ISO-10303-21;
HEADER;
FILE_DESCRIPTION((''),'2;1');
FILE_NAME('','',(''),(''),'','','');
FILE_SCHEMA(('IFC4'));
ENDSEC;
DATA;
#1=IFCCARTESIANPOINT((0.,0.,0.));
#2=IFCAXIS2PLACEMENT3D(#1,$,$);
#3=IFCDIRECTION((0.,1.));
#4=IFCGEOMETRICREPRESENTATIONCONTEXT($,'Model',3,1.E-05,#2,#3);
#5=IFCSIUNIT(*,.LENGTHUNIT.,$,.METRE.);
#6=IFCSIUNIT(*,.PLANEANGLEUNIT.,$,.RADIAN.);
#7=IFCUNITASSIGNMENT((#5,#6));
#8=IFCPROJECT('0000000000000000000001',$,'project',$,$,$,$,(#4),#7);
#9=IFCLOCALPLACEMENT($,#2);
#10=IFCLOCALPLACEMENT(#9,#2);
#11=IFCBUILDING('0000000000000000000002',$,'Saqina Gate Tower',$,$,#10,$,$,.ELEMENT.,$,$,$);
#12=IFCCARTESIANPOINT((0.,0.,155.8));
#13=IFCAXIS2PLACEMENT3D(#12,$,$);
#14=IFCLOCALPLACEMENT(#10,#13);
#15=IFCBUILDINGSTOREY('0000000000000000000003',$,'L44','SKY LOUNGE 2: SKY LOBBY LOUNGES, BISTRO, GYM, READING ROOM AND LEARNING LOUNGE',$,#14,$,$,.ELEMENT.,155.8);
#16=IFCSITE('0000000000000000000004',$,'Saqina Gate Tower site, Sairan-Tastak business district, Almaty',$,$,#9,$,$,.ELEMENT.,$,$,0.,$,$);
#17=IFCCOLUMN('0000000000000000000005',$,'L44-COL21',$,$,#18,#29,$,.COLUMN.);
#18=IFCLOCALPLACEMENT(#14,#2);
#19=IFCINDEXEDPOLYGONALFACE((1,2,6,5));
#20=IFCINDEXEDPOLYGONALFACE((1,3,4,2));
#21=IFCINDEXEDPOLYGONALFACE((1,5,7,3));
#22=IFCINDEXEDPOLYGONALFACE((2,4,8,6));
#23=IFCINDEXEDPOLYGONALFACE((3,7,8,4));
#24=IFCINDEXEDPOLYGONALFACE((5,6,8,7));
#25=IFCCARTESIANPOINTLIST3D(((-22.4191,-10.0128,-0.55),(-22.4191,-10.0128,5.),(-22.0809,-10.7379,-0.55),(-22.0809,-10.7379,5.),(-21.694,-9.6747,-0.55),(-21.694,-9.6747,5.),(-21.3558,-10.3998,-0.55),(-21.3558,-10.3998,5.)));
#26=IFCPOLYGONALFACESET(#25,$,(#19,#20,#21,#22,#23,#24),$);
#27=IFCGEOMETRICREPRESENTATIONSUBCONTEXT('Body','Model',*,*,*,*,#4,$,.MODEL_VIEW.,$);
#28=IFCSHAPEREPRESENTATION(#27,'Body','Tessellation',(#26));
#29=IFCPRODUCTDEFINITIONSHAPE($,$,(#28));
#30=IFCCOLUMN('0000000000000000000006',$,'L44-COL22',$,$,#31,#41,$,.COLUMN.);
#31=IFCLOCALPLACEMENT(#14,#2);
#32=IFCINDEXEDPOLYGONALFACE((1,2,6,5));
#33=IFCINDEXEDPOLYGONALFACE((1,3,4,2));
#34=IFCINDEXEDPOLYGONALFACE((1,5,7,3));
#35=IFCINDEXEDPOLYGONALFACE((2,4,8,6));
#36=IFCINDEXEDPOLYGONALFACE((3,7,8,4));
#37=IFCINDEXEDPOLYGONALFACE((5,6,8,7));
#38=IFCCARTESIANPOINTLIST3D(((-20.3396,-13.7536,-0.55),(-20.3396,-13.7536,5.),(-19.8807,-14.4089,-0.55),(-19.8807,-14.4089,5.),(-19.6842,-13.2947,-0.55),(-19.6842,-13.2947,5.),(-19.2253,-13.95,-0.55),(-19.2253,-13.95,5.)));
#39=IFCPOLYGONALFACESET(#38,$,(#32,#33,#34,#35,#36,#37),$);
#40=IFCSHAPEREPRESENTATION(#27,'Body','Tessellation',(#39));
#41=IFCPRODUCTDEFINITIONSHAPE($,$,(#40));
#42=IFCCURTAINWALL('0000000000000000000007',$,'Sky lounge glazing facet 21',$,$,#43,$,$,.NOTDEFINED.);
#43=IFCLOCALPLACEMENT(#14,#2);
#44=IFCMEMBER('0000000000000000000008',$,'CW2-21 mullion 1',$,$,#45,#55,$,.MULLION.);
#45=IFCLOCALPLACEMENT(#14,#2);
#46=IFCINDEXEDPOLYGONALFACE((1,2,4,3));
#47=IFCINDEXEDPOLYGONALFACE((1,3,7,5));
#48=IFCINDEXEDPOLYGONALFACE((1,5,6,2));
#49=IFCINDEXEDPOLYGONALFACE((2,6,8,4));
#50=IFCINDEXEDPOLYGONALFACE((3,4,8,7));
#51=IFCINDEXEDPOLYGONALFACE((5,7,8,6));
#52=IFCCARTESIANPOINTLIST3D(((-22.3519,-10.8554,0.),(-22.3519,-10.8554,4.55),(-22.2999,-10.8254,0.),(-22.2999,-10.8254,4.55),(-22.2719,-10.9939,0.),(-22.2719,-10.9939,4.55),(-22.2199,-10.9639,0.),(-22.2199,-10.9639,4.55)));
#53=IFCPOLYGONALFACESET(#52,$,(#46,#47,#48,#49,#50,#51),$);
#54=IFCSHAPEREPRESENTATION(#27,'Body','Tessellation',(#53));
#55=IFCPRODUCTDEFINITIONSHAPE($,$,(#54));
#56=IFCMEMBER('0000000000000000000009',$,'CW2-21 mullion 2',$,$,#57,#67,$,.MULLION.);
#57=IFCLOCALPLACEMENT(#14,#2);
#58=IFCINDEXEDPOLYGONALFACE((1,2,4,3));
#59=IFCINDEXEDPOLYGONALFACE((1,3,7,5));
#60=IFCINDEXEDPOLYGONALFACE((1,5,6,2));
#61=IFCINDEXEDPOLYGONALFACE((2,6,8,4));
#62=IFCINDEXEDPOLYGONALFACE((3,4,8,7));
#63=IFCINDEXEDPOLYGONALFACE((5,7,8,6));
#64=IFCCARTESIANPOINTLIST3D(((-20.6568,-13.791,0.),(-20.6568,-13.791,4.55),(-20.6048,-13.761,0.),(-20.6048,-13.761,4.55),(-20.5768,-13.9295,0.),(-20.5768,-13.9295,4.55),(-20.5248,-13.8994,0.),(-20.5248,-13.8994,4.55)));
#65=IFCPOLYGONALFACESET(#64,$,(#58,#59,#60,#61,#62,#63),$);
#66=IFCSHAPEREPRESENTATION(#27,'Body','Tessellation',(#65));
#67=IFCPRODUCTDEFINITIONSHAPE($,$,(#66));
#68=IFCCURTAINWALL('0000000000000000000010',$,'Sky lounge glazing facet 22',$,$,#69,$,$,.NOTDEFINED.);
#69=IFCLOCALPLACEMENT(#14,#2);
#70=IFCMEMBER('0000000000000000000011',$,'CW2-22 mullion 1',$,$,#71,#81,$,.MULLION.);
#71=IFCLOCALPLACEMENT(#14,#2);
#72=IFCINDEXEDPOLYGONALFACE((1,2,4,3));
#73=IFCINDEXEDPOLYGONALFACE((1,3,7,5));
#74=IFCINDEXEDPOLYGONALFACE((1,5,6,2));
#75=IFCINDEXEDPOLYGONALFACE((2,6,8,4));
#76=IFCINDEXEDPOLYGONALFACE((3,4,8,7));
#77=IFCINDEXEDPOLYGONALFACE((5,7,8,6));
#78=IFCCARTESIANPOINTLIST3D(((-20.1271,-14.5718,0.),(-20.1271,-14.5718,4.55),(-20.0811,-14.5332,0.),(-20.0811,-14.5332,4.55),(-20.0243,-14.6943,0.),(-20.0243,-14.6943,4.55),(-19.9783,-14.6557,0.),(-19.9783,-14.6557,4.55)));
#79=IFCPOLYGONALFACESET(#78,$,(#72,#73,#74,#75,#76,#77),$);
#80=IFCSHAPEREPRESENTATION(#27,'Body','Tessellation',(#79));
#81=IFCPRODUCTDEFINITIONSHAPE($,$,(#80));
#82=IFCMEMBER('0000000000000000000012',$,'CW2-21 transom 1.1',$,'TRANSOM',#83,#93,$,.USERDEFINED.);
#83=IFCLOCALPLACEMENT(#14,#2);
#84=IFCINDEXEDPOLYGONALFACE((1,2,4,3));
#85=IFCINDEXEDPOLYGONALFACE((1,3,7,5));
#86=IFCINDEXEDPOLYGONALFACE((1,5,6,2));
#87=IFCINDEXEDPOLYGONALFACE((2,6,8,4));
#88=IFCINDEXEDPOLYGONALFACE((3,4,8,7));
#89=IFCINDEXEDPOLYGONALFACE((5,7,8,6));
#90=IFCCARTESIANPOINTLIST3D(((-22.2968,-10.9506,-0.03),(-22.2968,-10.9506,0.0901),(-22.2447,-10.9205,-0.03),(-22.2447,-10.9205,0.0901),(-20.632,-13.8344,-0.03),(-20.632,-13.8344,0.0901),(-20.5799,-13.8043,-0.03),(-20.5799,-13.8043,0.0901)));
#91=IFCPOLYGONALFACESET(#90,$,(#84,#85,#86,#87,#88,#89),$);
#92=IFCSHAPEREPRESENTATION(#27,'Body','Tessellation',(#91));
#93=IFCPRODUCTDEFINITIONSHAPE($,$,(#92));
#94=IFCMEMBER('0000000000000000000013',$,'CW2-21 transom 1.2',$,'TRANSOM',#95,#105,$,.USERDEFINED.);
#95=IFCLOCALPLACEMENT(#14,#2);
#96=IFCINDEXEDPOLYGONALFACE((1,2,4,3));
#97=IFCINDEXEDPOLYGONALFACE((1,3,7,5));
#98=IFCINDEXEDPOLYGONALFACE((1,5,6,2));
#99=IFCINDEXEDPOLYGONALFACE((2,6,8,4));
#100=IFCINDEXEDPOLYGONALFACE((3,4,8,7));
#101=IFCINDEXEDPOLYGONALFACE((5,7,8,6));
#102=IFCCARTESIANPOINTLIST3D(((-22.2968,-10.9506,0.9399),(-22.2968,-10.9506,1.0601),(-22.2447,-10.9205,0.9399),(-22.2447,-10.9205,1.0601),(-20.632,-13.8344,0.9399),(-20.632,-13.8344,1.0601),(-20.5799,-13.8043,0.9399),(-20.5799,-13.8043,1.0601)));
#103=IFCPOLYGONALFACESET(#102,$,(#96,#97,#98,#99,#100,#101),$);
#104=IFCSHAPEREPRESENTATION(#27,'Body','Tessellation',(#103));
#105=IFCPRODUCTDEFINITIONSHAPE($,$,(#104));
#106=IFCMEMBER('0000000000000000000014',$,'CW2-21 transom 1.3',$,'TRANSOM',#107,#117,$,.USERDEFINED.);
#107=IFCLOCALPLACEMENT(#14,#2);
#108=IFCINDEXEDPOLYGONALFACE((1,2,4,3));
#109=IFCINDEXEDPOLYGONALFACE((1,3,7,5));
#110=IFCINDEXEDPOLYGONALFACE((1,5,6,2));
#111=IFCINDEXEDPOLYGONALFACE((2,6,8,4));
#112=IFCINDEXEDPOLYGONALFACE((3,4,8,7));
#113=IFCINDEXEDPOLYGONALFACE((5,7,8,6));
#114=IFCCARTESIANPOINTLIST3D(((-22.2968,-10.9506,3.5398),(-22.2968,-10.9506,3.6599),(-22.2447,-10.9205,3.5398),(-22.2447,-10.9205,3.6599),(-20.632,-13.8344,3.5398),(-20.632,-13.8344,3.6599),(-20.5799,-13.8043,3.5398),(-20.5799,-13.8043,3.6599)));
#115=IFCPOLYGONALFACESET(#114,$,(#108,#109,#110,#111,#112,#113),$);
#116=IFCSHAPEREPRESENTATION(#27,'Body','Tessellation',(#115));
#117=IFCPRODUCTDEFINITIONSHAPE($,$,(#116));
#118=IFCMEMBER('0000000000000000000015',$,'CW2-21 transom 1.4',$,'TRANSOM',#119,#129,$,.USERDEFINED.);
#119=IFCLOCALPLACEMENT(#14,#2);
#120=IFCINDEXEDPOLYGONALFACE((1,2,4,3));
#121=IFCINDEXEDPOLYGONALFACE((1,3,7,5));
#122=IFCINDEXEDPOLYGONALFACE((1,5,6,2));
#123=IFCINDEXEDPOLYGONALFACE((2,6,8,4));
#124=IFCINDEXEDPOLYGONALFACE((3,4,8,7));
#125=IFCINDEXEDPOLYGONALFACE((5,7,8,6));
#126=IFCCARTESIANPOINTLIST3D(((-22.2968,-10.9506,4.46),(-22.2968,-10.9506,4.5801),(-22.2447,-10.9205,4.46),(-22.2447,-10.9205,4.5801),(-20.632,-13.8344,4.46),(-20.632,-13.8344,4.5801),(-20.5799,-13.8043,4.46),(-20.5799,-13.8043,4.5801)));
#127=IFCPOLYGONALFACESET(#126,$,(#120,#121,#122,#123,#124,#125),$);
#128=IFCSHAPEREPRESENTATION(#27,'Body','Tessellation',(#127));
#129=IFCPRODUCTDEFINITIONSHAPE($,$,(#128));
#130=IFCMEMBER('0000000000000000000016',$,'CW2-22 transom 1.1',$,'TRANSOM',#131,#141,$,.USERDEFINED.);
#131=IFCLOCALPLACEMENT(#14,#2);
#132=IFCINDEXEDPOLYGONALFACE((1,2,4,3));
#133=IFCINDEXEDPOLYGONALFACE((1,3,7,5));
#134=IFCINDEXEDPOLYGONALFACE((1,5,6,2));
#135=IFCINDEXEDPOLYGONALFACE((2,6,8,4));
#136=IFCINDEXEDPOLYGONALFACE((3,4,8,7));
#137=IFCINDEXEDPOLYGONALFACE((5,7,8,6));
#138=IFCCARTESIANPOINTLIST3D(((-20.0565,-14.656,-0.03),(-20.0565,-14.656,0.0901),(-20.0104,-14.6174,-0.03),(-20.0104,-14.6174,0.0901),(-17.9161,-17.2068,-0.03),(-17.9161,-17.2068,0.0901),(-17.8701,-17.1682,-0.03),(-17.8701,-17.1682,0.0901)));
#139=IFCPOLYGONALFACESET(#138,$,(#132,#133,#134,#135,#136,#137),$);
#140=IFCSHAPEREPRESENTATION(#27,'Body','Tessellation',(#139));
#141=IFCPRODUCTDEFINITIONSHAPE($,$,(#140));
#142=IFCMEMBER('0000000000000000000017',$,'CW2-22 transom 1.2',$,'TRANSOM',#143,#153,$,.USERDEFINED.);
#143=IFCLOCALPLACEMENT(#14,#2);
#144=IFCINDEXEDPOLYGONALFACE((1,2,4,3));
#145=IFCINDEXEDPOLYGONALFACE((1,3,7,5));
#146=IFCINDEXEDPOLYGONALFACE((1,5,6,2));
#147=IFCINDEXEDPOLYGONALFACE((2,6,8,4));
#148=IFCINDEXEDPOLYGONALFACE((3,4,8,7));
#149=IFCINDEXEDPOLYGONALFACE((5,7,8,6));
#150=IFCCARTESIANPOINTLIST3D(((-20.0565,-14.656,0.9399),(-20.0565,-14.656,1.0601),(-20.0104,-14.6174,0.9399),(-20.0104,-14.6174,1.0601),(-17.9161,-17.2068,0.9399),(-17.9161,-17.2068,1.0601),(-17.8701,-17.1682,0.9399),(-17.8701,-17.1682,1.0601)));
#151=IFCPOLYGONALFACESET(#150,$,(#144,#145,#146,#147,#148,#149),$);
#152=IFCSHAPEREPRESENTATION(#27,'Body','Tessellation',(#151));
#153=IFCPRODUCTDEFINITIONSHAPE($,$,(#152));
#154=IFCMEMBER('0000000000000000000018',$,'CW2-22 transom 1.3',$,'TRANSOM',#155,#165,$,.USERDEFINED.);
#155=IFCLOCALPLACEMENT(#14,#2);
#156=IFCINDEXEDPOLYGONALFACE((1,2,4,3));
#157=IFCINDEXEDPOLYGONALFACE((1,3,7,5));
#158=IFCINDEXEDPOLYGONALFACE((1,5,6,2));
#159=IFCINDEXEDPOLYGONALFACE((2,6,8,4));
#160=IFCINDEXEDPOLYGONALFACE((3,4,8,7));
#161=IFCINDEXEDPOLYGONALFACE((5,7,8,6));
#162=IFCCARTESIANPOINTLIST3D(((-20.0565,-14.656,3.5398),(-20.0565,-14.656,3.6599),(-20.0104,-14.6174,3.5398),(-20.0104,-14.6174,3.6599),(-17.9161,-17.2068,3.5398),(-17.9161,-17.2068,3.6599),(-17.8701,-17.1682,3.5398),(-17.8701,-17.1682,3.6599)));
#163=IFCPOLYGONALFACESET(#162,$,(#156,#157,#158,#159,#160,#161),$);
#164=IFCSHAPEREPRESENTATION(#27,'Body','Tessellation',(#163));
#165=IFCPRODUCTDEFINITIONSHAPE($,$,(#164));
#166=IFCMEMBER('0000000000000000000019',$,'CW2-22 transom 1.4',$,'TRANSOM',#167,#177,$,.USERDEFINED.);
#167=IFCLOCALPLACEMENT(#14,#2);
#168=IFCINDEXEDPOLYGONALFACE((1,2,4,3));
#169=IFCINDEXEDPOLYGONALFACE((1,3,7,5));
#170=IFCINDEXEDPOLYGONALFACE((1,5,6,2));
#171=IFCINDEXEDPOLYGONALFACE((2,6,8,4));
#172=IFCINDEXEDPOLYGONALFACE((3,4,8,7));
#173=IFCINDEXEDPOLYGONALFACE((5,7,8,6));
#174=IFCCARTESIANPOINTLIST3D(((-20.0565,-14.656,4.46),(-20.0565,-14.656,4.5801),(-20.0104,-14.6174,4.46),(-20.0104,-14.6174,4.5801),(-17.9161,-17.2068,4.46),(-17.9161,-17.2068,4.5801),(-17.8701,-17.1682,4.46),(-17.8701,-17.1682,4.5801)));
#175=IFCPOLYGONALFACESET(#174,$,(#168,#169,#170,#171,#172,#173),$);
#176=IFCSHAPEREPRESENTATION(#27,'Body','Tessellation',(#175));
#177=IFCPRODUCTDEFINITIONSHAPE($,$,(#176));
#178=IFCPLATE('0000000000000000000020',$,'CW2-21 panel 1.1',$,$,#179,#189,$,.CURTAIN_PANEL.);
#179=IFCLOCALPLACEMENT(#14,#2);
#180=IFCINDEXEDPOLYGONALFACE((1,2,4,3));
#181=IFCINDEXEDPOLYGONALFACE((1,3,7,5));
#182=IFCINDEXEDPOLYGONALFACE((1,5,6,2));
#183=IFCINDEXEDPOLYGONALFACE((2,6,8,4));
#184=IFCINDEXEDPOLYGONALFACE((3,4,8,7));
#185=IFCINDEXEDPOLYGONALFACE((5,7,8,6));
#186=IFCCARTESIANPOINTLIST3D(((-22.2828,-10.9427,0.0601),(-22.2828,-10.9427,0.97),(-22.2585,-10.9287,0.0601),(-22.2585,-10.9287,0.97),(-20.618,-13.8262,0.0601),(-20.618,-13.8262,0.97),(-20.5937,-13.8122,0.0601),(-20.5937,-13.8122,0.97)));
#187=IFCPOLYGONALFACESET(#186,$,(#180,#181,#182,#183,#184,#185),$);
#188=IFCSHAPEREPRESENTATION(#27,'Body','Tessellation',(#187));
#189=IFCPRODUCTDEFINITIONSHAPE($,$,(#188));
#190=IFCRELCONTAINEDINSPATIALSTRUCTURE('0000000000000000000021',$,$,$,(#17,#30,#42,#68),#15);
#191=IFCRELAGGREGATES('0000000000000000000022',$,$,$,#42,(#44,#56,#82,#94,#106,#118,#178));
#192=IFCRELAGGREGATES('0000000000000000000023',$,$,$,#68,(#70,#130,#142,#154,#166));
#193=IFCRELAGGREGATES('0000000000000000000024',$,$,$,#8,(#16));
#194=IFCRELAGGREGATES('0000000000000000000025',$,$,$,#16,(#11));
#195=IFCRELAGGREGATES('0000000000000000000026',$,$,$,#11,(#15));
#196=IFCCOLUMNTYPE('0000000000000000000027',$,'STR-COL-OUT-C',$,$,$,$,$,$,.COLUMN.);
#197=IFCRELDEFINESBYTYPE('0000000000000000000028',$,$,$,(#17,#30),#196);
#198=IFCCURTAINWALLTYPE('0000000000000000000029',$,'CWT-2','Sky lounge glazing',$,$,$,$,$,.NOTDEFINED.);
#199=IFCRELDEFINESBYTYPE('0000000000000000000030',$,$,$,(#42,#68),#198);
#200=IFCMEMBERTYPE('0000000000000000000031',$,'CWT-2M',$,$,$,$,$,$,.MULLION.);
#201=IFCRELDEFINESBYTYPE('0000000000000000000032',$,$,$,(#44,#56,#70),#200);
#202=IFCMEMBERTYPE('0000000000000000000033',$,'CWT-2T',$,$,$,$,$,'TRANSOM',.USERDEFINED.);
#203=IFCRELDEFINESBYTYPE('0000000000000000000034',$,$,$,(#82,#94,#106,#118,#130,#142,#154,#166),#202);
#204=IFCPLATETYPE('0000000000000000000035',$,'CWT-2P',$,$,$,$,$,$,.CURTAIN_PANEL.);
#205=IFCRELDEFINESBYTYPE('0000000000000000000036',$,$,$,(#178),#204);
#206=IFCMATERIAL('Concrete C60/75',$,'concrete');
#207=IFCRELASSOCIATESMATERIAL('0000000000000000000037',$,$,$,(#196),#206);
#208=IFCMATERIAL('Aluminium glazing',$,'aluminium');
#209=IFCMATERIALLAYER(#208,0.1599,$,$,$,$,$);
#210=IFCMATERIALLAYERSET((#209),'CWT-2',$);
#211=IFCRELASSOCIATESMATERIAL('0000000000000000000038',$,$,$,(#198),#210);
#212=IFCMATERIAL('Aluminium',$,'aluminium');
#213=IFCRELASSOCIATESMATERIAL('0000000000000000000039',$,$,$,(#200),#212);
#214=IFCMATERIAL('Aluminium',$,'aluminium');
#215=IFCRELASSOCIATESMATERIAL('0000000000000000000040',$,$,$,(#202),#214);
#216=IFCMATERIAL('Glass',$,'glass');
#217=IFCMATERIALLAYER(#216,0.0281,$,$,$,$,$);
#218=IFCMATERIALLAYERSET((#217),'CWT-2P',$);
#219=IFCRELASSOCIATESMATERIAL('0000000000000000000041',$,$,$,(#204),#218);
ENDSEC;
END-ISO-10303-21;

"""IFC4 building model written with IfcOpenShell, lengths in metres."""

from ifc_helpers import new_model, si_unit, direction, frame, origin, origin_2d, place, context, subcontext, project, spatial, rectangle, extrude, material, layer, layer_set, material_profile, profile_set, type_object, element, aggregate, save


model = new_model("IFC4")

# Units and contexts
model_context = context("Model", 3, precision=1e-05, world=origin(), true_north=direction((0.0, 1.0)))
body_context = subcontext(model_context, "Body", "Model", "MODEL_VIEW")
ifc_project = project(units=[si_unit("LENGTHUNIT", "METRE"), si_unit("PLANEANGLEUNIT", "RADIAN")], contexts=[model_context])

# Site, building, storey
site_placement = place(None, origin())
site = spatial("IfcSite", under=ifc_project, at=site_placement, Name="Saqina Gate Tower site, Sairan-Tastak business district, Almaty", CompositionType="ELEMENT", RefElevation=0.0)
building_placement = place(site_placement, origin())
building = spatial("IfcBuilding", under=site, at=building_placement, Name="Saqina Gate Tower", CompositionType="ELEMENT")
storey_placement = place(building_placement, frame((0.0, 0.0, 155.8)))
storey = spatial("IfcBuildingStorey", under=building, at=storey_placement, Name="L44", Description="SKY LOUNGE 2: SKY LOBBY LOUNGES, BISTRO, GYM, READING ROOM AND LEARNING LOUNGE", CompositionType="ELEMENT", Elevation=155.8)

# Columns
ifc_material_1 = material(Name="Concrete C60/75", Category="concrete")
ifc_material_profile_1 = material_profile(ifc_material_1, rectangle(XDim=0.8, YDim=0.8, at=origin_2d()), Name="RC 800x800")
ifc_profile_set_1 = profile_set([ifc_material_profile_1], Name="Concrete C60/75")
column_type = type_object("IfcColumnType", Name="STR-COL-OUT-C", PredefinedType="COLUMN", material=ifc_profile_set_1)
for number, where, z_axis, x_axis, name in (
    (1, (-21.8875, -10.2063, -0.55), (0.0, 0.0, 1.0), (-0.906308, -0.422618, 0.0), "L44-COL21"),
    (2, (-19.7825, -13.8518, -0.55), (0.0, 0.0, 1.0), (-0.819152, -0.573576, 0.0), "L44-COL22"),
):
    element("IfcColumn", number, at=place(storey_placement, frame(where, z_axis=z_axis, x_axis=x_axis)), inside=storey, type_object=column_type, Name=name, PredefinedType="COLUMN", context=body_context, shape_type="SweptSolid", body=[
        extrude(rectangle(XDim=0.8, YDim=0.8, at=origin_2d()), origin(), (0.0, 0.0, 1.0), 5.55),
    ])

# Curtain wall, members
ifc_material_2 = material(Name="Aluminium glazing", Category="aluminium")
ifc_layer_1 = layer(ifc_material_2, 0.1599)
ifc_layer_set_1 = layer_set([ifc_layer_1], Name="CWT-2")
curtain_wall_type = type_object("IfcCurtainWallType", Name="CWT-2", Description="Sky lounge glazing", PredefinedType="NOTDEFINED", material=ifc_layer_set_1)
curtain_wall_1_placement = place(storey_placement, origin())
curtain_wall_1 = element("IfcCurtainWall", 3, at=curtain_wall_1_placement, inside=storey, type_object=curtain_wall_type, Name="Sky lounge glazing facet 21", PredefinedType="NOTDEFINED")
ifc_material_3 = material(Name="Aluminium", Category="aluminium")
ifc_material_profile_2 = material_profile(ifc_material_3, rectangle(XDim=0.0601, YDim=0.1599, at=origin_2d()), Name="Aluminium 60x160")
ifc_profile_set_2 = profile_set([ifc_material_profile_2], Name="Aluminium")
member_type_1 = type_object("IfcMemberType", Name="CWT-2M", PredefinedType="MULLION", material=ifc_profile_set_2)
member_1_placement = place(storey_placement, frame((-22.2859, -10.9097, 0.0), z_axis=(0.0, 0.0, 1.0), x_axis=(0.866017, 0.500014, 0.0)))
member_1 = element("IfcMember", 4, at=member_1_placement, type_object=member_type_1, Name="CW2-21 mullion 1", PredefinedType="MULLION", context=body_context, shape_type="SweptSolid", body=[
    extrude(rectangle(XDim=0.0601, YDim=0.1599, at=origin_2d()), origin(), (0.0, 0.0, 1.0), 4.55),
])
member_2_placement = place(storey_placement, frame((-20.5908, -13.8452, 0.0), z_axis=(0.0, 0.0, 1.0), x_axis=(0.866017, 0.500014, 0.0)))
member_2 = element("IfcMember", 5, at=member_2_placement, type_object=member_type_1, Name="CW2-21 mullion 2", PredefinedType="MULLION", context=body_context, shape_type="SweptSolid", body=[
    extrude(rectangle(XDim=0.0601, YDim=0.1599, at=origin_2d()), origin(), (0.0, 0.0, 1.0), 4.55),
])

# Curtain wall, member
curtain_wall_2_placement = place(storey_placement, origin())
curtain_wall_2 = element("IfcCurtainWall", 6, at=curtain_wall_2_placement, inside=storey, type_object=curtain_wall_type, Name="Sky lounge glazing facet 22", PredefinedType="NOTDEFINED")
member_3_placement = place(storey_placement, frame((-20.0527, -14.6138, 0.0), z_axis=(0.0, 0.0, 1.0), x_axis=(0.766043, 0.64279, 0.0)))
member_3 = element("IfcMember", 7, at=member_3_placement, type_object=member_type_1, Name="CW2-22 mullion 1", PredefinedType="MULLION", context=body_context, shape_type="SweptSolid", body=[
    extrude(rectangle(XDim=0.0601, YDim=0.1599, at=origin_2d()), origin(), (0.0, 0.0, 1.0), 4.55),
])

# Members
ifc_material_4 = material(Name="Aluminium", Category="aluminium")
ifc_material_profile_3 = material_profile(ifc_material_4, rectangle(XDim=0.0601, YDim=0.1201, at=origin_2d()), Name="Aluminium 60x120")
ifc_profile_set_3 = profile_set([ifc_material_profile_3], Name="Aluminium")
member_type_2 = type_object("IfcMemberType", Name="CWT-2T", ElementType="TRANSOM", PredefinedType="USERDEFINED", material=ifc_profile_set_3)
member_4_placement = place(storey_placement, frame((-22.2708, -10.9355, 0.03), z_axis=(0.499964, -0.866046, 0.0), x_axis=(0.866046, 0.499964, 0.0)))
member_4 = element("IfcMember", 8, at=member_4_placement, type_object=member_type_2, Name="CW2-21 transom 1.1", ObjectType="TRANSOM", PredefinedType="USERDEFINED", context=body_context, shape_type="SweptSolid", body=[
    extrude(rectangle(XDim=0.0601, YDim=0.1201, at=origin_2d()), origin(), (0.0, 0.0, 1.0), 3.3298),
])
member_5_placement = place(storey_placement, frame((-22.2708, -10.9355, 1.0), z_axis=(0.499964, -0.866046, 0.0), x_axis=(0.866046, 0.499964, 0.0)))
member_5 = element("IfcMember", 9, at=member_5_placement, type_object=member_type_2, Name="CW2-21 transom 1.2", ObjectType="TRANSOM", PredefinedType="USERDEFINED", context=body_context, shape_type="SweptSolid", body=[
    extrude(rectangle(XDim=0.0601, YDim=0.1201, at=origin_2d()), origin(), (0.0, 0.0, 1.0), 3.3298),
])
member_6_placement = place(storey_placement, frame((-22.2708, -10.9355, 3.5999), z_axis=(0.499964, -0.866046, 0.0), x_axis=(0.866046, 0.499964, 0.0)))
member_6 = element("IfcMember", 10, at=member_6_placement, type_object=member_type_2, Name="CW2-21 transom 1.3", ObjectType="TRANSOM", PredefinedType="USERDEFINED", context=body_context, shape_type="SweptSolid", body=[
    extrude(rectangle(XDim=0.0601, YDim=0.1201, at=origin_2d()), origin(), (0.0, 0.0, 1.0), 3.3298),
])
member_7_placement = place(storey_placement, frame((-22.2708, -10.9355, 4.52), z_axis=(0.499964, -0.866046, 0.0), x_axis=(0.866046, 0.499964, 0.0)))
member_7 = element("IfcMember", 11, at=member_7_placement, type_object=member_type_2, Name="CW2-21 transom 1.4", ObjectType="TRANSOM", PredefinedType="USERDEFINED", context=body_context, shape_type="SweptSolid", body=[
    extrude(rectangle(XDim=0.0601, YDim=0.1201, at=origin_2d()), origin(), (0.0, 0.0, 1.0), 3.3298),
])
member_8_placement = place(storey_placement, frame((-20.0334, -14.6367, 0.03), z_axis=(0.642791, -0.766041, 0.0), x_axis=(0.766041, 0.642791, 0.0)))
member_8 = element("IfcMember", 12, at=member_8_placement, type_object=member_type_2, Name="CW2-22 transom 1.1", ObjectType="TRANSOM", PredefinedType="USERDEFINED", context=body_context, shape_type="SweptSolid", body=[
    extrude(rectangle(XDim=0.0601, YDim=0.1201, at=origin_2d()), origin(), (0.0, 0.0, 1.0), 3.3298),
])
member_9_placement = place(storey_placement, frame((-20.0334, -14.6367, 1.0), z_axis=(0.642791, -0.766041, 0.0), x_axis=(0.766041, 0.642791, 0.0)))
member_9 = element("IfcMember", 13, at=member_9_placement, type_object=member_type_2, Name="CW2-22 transom 1.2", ObjectType="TRANSOM", PredefinedType="USERDEFINED", context=body_context, shape_type="SweptSolid", body=[
    extrude(rectangle(XDim=0.0601, YDim=0.1201, at=origin_2d()), origin(), (0.0, 0.0, 1.0), 3.3298),
])
member_10_placement = place(storey_placement, frame((-20.0334, -14.6367, 3.5999), z_axis=(0.642791, -0.766041, 0.0), x_axis=(0.766041, 0.642791, 0.0)))
member_10 = element("IfcMember", 14, at=member_10_placement, type_object=member_type_2, Name="CW2-22 transom 1.3", ObjectType="TRANSOM", PredefinedType="USERDEFINED", context=body_context, shape_type="SweptSolid", body=[
    extrude(rectangle(XDim=0.0601, YDim=0.1201, at=origin_2d()), origin(), (0.0, 0.0, 1.0), 3.3298),
])
member_11_placement = place(storey_placement, frame((-20.0334, -14.6367, 4.52), z_axis=(0.642791, -0.766041, 0.0), x_axis=(0.766041, 0.642791, 0.0)))
member_11 = element("IfcMember", 15, at=member_11_placement, type_object=member_type_2, Name="CW2-22 transom 1.4", ObjectType="TRANSOM", PredefinedType="USERDEFINED", context=body_context, shape_type="SweptSolid", body=[
    extrude(rectangle(XDim=0.0601, YDim=0.1201, at=origin_2d()), origin(), (0.0, 0.0, 1.0), 3.3298),
])

# Plate
ifc_material_5 = material(Name="Glass", Category="glass")
ifc_layer_2 = layer(ifc_material_5, 0.0281)
ifc_layer_set_2 = layer_set([ifc_layer_2], Name="CWT-2P")
plate_type = type_object("IfcPlateType", Name="CWT-2P", PredefinedType="CURTAIN_PANEL", material=ifc_layer_set_2)
plate_1_placement = place(storey_placement, frame((-21.4382, -12.3774, 0.0601), z_axis=(0.0, 0.0, 1.0), x_axis=(0.500014, -0.866017, 0.0)))
plate_1 = element("IfcPlate", 16, at=plate_1_placement, type_object=plate_type, Name="CW2-21 panel 1.1", PredefinedType="CURTAIN_PANEL", context=body_context, shape_type="SweptSolid", body=[
    extrude(rectangle(XDim=3.3296, YDim=0.0281, at=origin_2d()), origin(), (0.0, 0.0, 1.0), 0.9099),
])
aggregate(curtain_wall_1, [member_1, member_2, member_4, member_5, member_6, member_7, plate_1])
aggregate(curtain_wall_2, [member_3, member_8, member_9, member_10, member_11])

save(model, "model.ifc")
